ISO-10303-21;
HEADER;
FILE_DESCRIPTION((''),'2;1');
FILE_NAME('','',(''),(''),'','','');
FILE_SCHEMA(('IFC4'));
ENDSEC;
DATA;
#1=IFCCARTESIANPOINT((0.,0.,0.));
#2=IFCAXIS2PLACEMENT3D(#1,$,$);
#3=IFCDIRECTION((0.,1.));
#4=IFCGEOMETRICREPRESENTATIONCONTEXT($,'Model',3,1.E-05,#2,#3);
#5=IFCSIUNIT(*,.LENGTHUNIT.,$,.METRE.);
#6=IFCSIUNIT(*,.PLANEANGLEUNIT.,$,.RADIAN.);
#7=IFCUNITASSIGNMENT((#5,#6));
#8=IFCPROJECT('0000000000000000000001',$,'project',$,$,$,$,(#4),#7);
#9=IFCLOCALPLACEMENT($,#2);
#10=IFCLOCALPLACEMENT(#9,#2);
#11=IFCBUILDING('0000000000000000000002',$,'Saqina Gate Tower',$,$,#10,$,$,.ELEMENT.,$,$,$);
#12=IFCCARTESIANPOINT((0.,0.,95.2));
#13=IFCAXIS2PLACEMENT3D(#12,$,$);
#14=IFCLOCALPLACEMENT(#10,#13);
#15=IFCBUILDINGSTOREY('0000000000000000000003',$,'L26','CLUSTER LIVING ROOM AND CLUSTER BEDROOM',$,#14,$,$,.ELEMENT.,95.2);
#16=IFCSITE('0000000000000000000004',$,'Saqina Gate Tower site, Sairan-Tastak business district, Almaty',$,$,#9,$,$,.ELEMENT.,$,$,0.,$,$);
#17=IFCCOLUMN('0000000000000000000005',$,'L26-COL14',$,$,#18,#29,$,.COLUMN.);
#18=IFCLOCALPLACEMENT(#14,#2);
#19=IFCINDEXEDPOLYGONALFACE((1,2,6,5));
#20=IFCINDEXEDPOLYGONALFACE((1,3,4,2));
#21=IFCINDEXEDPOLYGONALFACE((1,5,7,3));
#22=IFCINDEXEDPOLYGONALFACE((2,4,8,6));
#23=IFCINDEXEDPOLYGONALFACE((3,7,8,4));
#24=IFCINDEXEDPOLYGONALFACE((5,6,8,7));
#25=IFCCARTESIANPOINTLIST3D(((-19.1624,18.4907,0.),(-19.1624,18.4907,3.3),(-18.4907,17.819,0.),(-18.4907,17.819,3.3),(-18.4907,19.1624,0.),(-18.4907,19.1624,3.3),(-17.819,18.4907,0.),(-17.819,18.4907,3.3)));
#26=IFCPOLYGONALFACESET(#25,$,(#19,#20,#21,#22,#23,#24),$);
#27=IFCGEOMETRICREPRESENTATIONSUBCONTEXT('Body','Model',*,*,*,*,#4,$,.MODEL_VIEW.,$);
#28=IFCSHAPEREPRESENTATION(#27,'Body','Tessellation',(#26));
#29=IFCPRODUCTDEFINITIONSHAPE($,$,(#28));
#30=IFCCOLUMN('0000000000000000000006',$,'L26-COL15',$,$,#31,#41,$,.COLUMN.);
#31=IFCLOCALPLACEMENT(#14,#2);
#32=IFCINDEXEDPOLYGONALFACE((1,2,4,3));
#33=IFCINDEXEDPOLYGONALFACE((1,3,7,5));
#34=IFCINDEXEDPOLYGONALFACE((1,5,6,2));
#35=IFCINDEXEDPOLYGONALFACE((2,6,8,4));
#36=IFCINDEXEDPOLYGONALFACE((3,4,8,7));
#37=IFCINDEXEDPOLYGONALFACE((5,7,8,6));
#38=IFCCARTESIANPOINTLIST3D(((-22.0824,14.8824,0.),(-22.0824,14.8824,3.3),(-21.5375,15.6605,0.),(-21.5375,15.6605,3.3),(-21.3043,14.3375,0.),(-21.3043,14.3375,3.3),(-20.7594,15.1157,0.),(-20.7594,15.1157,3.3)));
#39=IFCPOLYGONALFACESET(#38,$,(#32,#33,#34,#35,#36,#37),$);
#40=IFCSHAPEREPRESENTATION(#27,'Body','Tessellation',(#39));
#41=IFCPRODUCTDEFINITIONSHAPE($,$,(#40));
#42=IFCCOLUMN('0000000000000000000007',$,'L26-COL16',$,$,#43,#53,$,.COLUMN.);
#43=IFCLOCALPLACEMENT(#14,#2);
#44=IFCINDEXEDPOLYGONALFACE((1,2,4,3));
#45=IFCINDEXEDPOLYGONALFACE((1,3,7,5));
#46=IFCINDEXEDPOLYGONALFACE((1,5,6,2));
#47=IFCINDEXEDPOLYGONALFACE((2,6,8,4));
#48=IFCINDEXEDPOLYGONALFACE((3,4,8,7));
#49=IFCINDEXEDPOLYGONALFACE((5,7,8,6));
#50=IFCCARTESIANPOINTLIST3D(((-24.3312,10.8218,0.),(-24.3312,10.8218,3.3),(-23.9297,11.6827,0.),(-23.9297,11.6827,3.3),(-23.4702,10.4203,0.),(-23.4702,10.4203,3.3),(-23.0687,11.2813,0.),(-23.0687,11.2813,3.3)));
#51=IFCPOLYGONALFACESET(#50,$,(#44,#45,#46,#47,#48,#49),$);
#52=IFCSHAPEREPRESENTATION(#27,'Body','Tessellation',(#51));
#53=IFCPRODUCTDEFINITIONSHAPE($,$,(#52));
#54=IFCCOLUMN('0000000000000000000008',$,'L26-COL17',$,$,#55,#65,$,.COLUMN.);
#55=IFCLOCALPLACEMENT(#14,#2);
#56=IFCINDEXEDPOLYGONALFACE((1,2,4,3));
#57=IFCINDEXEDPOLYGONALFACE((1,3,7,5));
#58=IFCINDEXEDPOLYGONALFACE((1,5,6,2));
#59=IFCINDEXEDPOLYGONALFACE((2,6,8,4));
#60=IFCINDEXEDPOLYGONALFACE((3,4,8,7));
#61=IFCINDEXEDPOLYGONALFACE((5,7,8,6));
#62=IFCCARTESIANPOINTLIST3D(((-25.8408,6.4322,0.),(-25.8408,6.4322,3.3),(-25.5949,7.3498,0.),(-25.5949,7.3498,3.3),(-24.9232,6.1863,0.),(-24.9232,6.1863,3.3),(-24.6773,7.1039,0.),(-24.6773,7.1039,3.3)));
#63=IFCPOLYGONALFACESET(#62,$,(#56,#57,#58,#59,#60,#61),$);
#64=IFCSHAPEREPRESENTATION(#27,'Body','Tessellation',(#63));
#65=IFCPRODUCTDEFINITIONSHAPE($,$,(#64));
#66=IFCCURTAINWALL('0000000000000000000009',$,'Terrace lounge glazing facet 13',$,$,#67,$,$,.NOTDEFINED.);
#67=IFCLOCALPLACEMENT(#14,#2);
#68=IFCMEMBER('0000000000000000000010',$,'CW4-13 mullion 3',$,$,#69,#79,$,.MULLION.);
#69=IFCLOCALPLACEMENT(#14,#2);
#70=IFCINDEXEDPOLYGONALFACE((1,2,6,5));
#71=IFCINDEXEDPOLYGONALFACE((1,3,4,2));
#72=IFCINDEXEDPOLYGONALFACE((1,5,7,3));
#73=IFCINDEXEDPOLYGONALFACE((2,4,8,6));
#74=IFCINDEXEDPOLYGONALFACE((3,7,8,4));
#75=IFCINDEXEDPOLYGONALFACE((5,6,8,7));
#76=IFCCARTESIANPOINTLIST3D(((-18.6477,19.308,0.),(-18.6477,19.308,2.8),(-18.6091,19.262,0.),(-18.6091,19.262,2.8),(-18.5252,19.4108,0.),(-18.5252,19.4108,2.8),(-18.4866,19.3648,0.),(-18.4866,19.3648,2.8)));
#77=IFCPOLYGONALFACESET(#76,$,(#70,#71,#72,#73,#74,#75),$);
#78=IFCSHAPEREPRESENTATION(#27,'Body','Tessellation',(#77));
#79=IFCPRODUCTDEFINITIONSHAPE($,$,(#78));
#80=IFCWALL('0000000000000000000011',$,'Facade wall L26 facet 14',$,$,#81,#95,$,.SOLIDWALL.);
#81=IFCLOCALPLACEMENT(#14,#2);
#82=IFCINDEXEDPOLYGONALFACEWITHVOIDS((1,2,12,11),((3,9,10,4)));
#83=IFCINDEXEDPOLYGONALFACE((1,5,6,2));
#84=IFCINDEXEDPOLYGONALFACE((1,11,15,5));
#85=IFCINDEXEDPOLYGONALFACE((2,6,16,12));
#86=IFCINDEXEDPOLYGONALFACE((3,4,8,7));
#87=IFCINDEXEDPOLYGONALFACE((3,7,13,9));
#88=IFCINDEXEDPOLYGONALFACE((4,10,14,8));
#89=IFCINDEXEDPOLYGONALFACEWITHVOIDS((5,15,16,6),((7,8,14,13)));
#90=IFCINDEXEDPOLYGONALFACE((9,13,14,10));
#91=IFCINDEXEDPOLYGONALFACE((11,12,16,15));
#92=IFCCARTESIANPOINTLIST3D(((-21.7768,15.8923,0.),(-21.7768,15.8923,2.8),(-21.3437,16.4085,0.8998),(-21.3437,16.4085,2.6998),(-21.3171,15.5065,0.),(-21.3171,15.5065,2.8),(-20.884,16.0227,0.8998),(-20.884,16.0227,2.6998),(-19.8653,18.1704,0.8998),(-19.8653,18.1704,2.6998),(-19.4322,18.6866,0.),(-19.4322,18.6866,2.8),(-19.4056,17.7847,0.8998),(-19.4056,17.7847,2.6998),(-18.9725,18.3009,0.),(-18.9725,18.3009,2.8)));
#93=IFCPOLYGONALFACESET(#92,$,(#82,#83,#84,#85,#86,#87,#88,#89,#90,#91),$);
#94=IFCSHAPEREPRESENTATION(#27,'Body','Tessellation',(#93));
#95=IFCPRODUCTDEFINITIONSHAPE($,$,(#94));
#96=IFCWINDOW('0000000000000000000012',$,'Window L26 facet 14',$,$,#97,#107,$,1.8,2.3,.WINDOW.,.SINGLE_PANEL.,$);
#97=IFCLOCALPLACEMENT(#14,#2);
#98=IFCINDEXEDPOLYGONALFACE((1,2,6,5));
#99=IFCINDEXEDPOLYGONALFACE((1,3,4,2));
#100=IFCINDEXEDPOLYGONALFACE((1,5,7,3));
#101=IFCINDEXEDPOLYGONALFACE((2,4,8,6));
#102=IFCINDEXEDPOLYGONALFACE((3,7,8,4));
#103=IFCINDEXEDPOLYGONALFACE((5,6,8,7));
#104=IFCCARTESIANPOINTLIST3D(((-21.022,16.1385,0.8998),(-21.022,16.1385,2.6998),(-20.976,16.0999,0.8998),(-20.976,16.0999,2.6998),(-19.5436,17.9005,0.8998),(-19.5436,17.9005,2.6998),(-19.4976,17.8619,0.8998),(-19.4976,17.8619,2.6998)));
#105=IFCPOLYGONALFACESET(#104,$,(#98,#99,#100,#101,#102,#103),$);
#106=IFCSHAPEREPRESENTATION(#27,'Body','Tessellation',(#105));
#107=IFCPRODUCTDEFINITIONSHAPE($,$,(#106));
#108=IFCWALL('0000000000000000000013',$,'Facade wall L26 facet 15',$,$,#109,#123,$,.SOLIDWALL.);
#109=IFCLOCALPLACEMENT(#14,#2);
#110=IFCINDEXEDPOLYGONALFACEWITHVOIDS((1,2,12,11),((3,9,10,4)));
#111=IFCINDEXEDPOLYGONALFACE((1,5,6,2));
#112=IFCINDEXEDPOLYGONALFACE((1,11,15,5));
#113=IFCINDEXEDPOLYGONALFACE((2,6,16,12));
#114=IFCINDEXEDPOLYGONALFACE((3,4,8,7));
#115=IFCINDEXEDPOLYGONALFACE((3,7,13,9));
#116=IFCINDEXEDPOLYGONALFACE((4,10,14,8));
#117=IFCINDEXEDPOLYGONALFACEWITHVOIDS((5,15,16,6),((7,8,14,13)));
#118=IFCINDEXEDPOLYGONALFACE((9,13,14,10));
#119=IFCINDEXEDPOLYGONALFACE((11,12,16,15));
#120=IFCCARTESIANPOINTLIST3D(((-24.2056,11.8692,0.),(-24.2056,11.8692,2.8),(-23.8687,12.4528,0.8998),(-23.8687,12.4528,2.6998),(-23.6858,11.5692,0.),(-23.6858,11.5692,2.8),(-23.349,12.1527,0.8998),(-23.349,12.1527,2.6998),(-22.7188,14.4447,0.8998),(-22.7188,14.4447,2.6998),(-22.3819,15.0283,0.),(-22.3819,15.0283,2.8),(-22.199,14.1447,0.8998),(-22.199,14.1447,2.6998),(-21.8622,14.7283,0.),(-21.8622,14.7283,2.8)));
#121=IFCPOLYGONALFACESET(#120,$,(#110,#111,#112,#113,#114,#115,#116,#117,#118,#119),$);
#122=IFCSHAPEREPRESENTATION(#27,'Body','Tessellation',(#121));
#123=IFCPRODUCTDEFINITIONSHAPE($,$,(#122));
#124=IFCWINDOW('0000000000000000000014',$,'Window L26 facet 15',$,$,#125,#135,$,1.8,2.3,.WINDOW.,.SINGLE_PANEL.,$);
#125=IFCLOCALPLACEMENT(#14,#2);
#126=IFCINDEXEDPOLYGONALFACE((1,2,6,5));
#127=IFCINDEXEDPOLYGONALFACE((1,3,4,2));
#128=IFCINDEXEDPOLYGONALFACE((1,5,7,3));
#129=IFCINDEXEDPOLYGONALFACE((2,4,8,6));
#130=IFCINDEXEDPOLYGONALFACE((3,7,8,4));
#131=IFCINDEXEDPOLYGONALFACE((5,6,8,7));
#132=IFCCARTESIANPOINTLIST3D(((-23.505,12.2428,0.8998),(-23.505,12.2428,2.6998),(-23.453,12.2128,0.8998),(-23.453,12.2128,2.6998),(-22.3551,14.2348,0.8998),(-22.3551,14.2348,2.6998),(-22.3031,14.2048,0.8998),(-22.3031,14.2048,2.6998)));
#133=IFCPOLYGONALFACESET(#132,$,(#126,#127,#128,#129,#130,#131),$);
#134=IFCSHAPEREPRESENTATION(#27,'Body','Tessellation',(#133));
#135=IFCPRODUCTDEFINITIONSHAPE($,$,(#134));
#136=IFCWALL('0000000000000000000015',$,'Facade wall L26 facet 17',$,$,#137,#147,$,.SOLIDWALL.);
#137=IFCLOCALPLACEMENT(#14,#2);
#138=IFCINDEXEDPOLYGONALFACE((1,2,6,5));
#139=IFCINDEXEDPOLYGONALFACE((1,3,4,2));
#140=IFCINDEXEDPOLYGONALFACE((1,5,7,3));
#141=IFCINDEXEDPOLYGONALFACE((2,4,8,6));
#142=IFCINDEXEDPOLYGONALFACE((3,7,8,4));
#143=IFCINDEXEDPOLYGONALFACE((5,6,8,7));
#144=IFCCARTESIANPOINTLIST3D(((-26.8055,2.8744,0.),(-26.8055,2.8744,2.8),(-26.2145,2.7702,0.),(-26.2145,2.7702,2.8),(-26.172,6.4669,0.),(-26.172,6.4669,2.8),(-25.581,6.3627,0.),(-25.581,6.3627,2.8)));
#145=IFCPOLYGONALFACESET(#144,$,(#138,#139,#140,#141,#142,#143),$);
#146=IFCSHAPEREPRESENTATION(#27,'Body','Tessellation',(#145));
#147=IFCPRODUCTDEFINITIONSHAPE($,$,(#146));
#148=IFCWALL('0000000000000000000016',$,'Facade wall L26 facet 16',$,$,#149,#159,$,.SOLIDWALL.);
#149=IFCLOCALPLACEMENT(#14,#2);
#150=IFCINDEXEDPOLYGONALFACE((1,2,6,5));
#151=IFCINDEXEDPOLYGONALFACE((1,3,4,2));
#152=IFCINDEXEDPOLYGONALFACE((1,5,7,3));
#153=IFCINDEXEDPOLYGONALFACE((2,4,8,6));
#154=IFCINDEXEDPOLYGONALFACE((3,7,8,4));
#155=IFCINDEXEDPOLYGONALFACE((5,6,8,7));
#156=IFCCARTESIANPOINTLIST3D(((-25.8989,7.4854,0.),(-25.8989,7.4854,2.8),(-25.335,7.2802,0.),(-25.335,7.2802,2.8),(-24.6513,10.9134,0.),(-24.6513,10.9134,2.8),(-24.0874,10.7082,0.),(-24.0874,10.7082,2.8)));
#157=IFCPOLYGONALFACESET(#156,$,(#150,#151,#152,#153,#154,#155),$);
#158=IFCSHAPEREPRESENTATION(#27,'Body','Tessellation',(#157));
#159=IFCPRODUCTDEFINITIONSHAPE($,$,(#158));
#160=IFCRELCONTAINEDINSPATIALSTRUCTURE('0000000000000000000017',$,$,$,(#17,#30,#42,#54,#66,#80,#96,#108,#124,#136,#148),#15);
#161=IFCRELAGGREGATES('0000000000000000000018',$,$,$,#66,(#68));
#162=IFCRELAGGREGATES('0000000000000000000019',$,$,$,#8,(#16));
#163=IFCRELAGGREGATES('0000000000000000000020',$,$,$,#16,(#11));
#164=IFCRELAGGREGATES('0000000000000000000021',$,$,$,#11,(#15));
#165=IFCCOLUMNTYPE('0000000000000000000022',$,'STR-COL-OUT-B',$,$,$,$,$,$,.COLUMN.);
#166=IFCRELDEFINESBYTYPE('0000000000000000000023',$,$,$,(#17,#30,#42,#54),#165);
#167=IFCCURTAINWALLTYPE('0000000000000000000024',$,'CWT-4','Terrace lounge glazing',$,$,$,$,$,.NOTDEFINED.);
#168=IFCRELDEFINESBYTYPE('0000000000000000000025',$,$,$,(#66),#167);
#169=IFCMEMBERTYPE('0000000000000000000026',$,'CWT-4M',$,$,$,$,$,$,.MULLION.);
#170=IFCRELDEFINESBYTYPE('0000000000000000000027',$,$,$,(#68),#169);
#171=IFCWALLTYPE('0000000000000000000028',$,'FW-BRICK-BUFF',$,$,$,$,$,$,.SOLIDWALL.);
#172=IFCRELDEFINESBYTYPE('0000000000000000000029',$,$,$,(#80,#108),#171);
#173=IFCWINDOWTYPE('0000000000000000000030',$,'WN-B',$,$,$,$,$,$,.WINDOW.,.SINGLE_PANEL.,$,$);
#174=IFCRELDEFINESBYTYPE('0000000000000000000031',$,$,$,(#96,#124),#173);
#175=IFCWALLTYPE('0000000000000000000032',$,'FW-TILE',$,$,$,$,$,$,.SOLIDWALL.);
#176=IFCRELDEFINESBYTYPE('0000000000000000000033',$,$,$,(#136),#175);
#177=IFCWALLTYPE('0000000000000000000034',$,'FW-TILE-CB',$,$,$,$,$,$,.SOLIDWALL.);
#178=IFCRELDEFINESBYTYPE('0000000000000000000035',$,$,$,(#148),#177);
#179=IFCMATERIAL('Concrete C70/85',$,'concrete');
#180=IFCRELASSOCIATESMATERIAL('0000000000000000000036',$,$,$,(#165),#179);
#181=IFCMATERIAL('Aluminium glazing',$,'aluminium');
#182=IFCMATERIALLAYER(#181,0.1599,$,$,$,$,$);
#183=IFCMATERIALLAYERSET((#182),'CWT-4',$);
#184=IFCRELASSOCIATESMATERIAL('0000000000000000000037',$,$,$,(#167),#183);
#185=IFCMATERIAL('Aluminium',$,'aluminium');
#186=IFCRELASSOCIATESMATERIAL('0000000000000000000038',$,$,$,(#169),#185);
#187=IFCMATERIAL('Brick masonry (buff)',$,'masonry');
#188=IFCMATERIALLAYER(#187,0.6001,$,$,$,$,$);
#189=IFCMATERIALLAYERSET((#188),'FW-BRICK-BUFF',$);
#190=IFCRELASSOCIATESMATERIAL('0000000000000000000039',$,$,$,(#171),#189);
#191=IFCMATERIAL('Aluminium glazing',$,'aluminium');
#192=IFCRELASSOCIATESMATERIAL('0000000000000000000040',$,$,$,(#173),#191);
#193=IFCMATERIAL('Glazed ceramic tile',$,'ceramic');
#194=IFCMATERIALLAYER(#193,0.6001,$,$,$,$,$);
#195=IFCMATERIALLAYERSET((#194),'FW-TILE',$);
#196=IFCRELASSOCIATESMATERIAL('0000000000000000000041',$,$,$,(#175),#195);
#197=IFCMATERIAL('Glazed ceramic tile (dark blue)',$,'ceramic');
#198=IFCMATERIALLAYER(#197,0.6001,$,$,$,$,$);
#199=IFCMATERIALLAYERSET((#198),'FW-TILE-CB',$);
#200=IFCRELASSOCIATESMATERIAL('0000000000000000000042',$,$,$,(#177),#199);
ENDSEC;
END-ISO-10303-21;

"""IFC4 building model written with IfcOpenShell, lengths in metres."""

from ifc_helpers import new_model, si_unit, direction, frame, frame_2d, origin, origin_2d, place, context, subcontext, project, spatial, rectangle, extrude, material, layer, layer_set, material_profile, profile_set, type_object, element, fill, aggregate, save


model = new_model("IFC4")

# Units and contexts
model_context = context("Model", 3, precision=1e-05, world=origin(), true_north=direction((0.0, 1.0)))
body_context = subcontext(model_context, "Body", "Model", "MODEL_VIEW")
ifc_project = project(units=[si_unit("LENGTHUNIT", "METRE"), si_unit("PLANEANGLEUNIT", "RADIAN")], contexts=[model_context])

# Site, building, storey
site_placement = place(None, origin())
site = spatial("IfcSite", under=ifc_project, at=site_placement, Name="Saqina Gate Tower site, Sairan-Tastak business district, Almaty", CompositionType="ELEMENT", RefElevation=0.0)
building_placement = place(site_placement, origin())
building = spatial("IfcBuilding", under=site, at=building_placement, Name="Saqina Gate Tower", CompositionType="ELEMENT")
storey_placement = place(building_placement, frame((0.0, 0.0, 95.2)))
storey = spatial("IfcBuildingStorey", under=building, at=storey_placement, Name="L26", Description="CLUSTER LIVING ROOM AND CLUSTER BEDROOM", CompositionType="ELEMENT", Elevation=95.2)

# Columns
ifc_material_1 = material(Name="Concrete C70/85", Category="concrete")
ifc_material_profile_1 = material_profile(ifc_material_1, rectangle(XDim=0.95, YDim=0.95, at=origin_2d()), Name="RC 950x950")
ifc_profile_set_1 = profile_set([ifc_material_profile_1], Name="Concrete C70/85")
column_type = type_object("IfcColumnType", Name="STR-COL-OUT-B", PredefinedType="COLUMN", material=ifc_profile_set_1)
for number, where, z_axis, x_axis, name in (
    (1, (-18.4907, 18.4907, 0.0), (0.0, 0.0, 1.0), (-0.707107, 0.707107, 0.0), "L26-COL14"),
    (2, (-21.4209, 14.999, 0.0), (0.0, 0.0, 1.0), (-0.819152, 0.573576, 0.0), "L26-COL15"),
    (3, (-23.7, 11.0515, 0.0), (0.0, 0.0, 1.0), (-0.906308, 0.422618, 0.0), "L26-COL16"),
    (4, (-25.259, 6.7681, 0.0), (0.0, 0.0, 1.0), (-0.965926, 0.258819, 0.0), "L26-COL17"),
):
    element("IfcColumn", number, at=place(storey_placement, frame(where, z_axis=z_axis, x_axis=x_axis)), inside=storey, type_object=column_type, Name=name, PredefinedType="COLUMN", context=body_context, shape_type="SweptSolid", body=[
        extrude(rectangle(XDim=0.95, YDim=0.95, at=origin_2d()), origin(), (0.0, 0.0, 1.0), 3.3),
    ])

# Curtain wall, member
ifc_material_2 = material(Name="Aluminium glazing", Category="aluminium")
ifc_layer_1 = layer(ifc_material_2, 0.1599)
ifc_layer_set_1 = layer_set([ifc_layer_1], Name="CWT-4")
curtain_wall_type = type_object("IfcCurtainWallType", Name="CWT-4", Description="Terrace lounge glazing", PredefinedType="NOTDEFINED", material=ifc_layer_set_1)
curtain_wall_placement = place(storey_placement, origin())
curtain_wall = element("IfcCurtainWall", 5, at=curtain_wall_placement, inside=storey, type_object=curtain_wall_type, Name="Terrace lounge glazing facet 13", PredefinedType="NOTDEFINED")
ifc_material_3 = material(Name="Aluminium", Category="aluminium")
ifc_material_profile_2 = material_profile(ifc_material_3, rectangle(XDim=0.0601, YDim=0.1599, at=origin_2d()), Name="Aluminium 60x160")
ifc_profile_set_2 = profile_set([ifc_material_profile_2], Name="Aluminium")
member_type = type_object("IfcMemberType", Name="CWT-4M", PredefinedType="MULLION", material=ifc_profile_set_2)
member_placement = place(storey_placement, frame((-18.5671, 19.3364, 0.0), z_axis=(0.0, 0.0, 1.0), x_axis=(0.642791, -0.766042, 0.0)))
member = element("IfcMember", 6, at=member_placement, type_object=member_type, Name="CW4-13 mullion 3", PredefinedType="MULLION", context=body_context, shape_type="SweptSolid", body=[
    extrude(rectangle(XDim=0.0601, YDim=0.1599, at=origin_2d()), origin(), (0.0, 0.0, 1.0), 2.8),
])
aggregate(curtain_wall, [member])

# Walls, openings, windows
ifc_material_4 = material(Name="Brick masonry (buff)", Category="masonry")
ifc_layer_2 = layer(ifc_material_4, 0.6001)
ifc_layer_set_2 = layer_set([ifc_layer_2], Name="FW-BRICK-BUFF")
wall_type_1 = type_object("IfcWallType", Name="FW-BRICK-BUFF", PredefinedType="SOLIDWALL", material=ifc_layer_set_2)
wall_1_placement = place(storey_placement, frame((-19.2024, 18.4937, 0.0), z_axis=(0.0, 0.0, 1.0), x_axis=(-0.642774, -0.766055, 0.0)))
wall_1 = element("IfcWall", 7, at=wall_1_placement, inside=storey, type_object=wall_type_1, Name="Facade wall L26 facet 14", PredefinedType="SOLIDWALL", context=body_context, shape_type="SweptSolid", body=[
    extrude(rectangle(XDim=3.6477, YDim=0.6001, at=frame_2d((1.8237, 0.0))), origin(), (0.0, 0.0, 1.0), 2.8),
])
opening_1_placement = place(wall_1_placement, frame((0.6738, 0.0, 0.8999)))
opening_1 = element("IfcOpeningElement", 8, at=opening_1_placement, cuts=wall_1, PredefinedType="OPENING", context=body_context, shape_type="SweptSolid", body=[
    extrude(rectangle(XDim=2.3, YDim=1.8, at=frame_2d((1.1499, 0.8999))), frame((0.0, 0.312, 0.0), z_axis=(0.0, -1.0, 0.0), x_axis=(1.0, 0.0, 0.0)), (0.0, 0.0, 1.0), 0.624),
])
ifc_material_5 = material(Name="Aluminium glazing", Category="aluminium")
window_type = type_object("IfcWindowType", Name="WN-B", PartitioningType="SINGLE_PANEL", PredefinedType="WINDOW", material=ifc_material_5)
window_1_placement = place(opening_1_placement, origin())
window_1 = element("IfcWindow", 9, at=window_1_placement, inside=storey, type_object=window_type, Name="Window L26 facet 14", OverallHeight=1.8, OverallWidth=2.3, PartitioningType="SINGLE_PANEL", PredefinedType="WINDOW", context=body_context, shape_type="SweptSolid", body=[
    extrude(rectangle(XDim=2.3, YDim=1.8, at=frame_2d((1.1499, 0.8999))), frame((0.0, 0.1799, 0.0), z_axis=(0.0, -1.0, 0.0), x_axis=(1.0, 0.0, 0.0)), (0.0, 0.0, 1.0), 0.0601),
])
fill(opening_1, window_1)
wall_2_placement = place(storey_placement, frame((-22.1221, 14.8782, 0.0), z_axis=(0.0, 0.0, 1.0), x_axis=(-0.499954, -0.866052, 0.0)))
wall_2 = element("IfcWall", 10, at=wall_2_placement, inside=storey, type_object=wall_type_1, Name="Facade wall L26 facet 15", PredefinedType="SOLIDWALL", context=body_context, shape_type="SweptSolid", body=[
    extrude(rectangle(XDim=3.6477, YDim=0.6001, at=frame_2d((1.8237, 0.0))), origin(), (0.0, 0.0, 1.0), 2.8),
])
opening_2_placement = place(wall_2_placement, frame((0.6738, 0.0, 0.8999)))
opening_2 = element("IfcOpeningElement", 11, at=opening_2_placement, cuts=wall_2, PredefinedType="OPENING", context=body_context, shape_type="SweptSolid", body=[
    extrude(rectangle(XDim=2.3, YDim=1.8, at=frame_2d((1.1499, 0.8999))), frame((0.0, 0.312, 0.0), z_axis=(0.0, -1.0, 0.0), x_axis=(1.0, 0.0, 0.0)), (0.0, 0.0, 1.0), 0.624),
])
window_2_placement = place(opening_2_placement, origin())
window_2 = element("IfcWindow", 12, at=window_2_placement, inside=storey, type_object=window_type, Name="Window L26 facet 15", OverallHeight=1.8, OverallWidth=2.3, PartitioningType="SINGLE_PANEL", PredefinedType="WINDOW", context=body_context, shape_type="SweptSolid", body=[
    extrude(rectangle(XDim=2.3, YDim=1.8, at=frame_2d((1.1499, 0.8999))), frame((0.0, 0.1799, 0.0), z_axis=(0.0, -1.0, 0.0), x_axis=(1.0, 0.0, 0.0)), (0.0, 0.0, 1.0), 0.0601),
])
fill(opening_2, window_2)

# Walls
ifc_material_6 = material(Name="Glazed ceramic tile", Category="ceramic")
ifc_layer_3 = layer(ifc_material_6, 0.6001)
ifc_layer_set_3 = layer_set([ifc_layer_3], Name="FW-TILE")
wall_type_2 = type_object("IfcWallType", Name="FW-TILE", PredefinedType="SOLIDWALL", material=ifc_layer_set_3)
wall_3_placement = place(storey_placement, frame((-25.8765, 6.4148, 0.0), z_axis=(0.0, 0.0, 1.0), x_axis=(-0.173671, -0.984804, 0.0)))
element("IfcWall", 13, at=wall_3_placement, inside=storey, type_object=wall_type_2, Name="Facade wall L26 facet 17", PredefinedType="SOLIDWALL", context=body_context, shape_type="SweptSolid", body=[
    extrude(rectangle(XDim=3.6479, YDim=0.6001, at=frame_2d((1.824, 0.0))), origin(), (0.0, 0.0, 1.0), 2.8),
])
ifc_material_7 = material(Name="Glazed ceramic tile (dark blue)", Category="ceramic")
ifc_layer_4 = layer(ifc_material_7, 0.6001)
ifc_layer_set_4 = layer_set([ifc_layer_4], Name="FW-TILE-CB")
wall_type_3 = type_object("IfcWallType", Name="FW-TILE-CB", PredefinedType="SOLIDWALL", material=ifc_layer_set_4)
wall_4_placement = place(storey_placement, frame((-24.3694, 10.8108, 0.0), z_axis=(0.0, 0.0, 1.0), x_axis=(-0.34199, -0.939704, 0.0)))
element("IfcWall", 14, at=wall_4_placement, inside=storey, type_object=wall_type_3, Name="Facade wall L26 facet 16", PredefinedType="SOLIDWALL", context=body_context, shape_type="SweptSolid", body=[
    extrude(rectangle(XDim=3.6479, YDim=0.6001, at=frame_2d((1.824, 0.0))), origin(), (0.0, 0.0, 1.0), 2.8),
])

save(model, "model.ifc")
